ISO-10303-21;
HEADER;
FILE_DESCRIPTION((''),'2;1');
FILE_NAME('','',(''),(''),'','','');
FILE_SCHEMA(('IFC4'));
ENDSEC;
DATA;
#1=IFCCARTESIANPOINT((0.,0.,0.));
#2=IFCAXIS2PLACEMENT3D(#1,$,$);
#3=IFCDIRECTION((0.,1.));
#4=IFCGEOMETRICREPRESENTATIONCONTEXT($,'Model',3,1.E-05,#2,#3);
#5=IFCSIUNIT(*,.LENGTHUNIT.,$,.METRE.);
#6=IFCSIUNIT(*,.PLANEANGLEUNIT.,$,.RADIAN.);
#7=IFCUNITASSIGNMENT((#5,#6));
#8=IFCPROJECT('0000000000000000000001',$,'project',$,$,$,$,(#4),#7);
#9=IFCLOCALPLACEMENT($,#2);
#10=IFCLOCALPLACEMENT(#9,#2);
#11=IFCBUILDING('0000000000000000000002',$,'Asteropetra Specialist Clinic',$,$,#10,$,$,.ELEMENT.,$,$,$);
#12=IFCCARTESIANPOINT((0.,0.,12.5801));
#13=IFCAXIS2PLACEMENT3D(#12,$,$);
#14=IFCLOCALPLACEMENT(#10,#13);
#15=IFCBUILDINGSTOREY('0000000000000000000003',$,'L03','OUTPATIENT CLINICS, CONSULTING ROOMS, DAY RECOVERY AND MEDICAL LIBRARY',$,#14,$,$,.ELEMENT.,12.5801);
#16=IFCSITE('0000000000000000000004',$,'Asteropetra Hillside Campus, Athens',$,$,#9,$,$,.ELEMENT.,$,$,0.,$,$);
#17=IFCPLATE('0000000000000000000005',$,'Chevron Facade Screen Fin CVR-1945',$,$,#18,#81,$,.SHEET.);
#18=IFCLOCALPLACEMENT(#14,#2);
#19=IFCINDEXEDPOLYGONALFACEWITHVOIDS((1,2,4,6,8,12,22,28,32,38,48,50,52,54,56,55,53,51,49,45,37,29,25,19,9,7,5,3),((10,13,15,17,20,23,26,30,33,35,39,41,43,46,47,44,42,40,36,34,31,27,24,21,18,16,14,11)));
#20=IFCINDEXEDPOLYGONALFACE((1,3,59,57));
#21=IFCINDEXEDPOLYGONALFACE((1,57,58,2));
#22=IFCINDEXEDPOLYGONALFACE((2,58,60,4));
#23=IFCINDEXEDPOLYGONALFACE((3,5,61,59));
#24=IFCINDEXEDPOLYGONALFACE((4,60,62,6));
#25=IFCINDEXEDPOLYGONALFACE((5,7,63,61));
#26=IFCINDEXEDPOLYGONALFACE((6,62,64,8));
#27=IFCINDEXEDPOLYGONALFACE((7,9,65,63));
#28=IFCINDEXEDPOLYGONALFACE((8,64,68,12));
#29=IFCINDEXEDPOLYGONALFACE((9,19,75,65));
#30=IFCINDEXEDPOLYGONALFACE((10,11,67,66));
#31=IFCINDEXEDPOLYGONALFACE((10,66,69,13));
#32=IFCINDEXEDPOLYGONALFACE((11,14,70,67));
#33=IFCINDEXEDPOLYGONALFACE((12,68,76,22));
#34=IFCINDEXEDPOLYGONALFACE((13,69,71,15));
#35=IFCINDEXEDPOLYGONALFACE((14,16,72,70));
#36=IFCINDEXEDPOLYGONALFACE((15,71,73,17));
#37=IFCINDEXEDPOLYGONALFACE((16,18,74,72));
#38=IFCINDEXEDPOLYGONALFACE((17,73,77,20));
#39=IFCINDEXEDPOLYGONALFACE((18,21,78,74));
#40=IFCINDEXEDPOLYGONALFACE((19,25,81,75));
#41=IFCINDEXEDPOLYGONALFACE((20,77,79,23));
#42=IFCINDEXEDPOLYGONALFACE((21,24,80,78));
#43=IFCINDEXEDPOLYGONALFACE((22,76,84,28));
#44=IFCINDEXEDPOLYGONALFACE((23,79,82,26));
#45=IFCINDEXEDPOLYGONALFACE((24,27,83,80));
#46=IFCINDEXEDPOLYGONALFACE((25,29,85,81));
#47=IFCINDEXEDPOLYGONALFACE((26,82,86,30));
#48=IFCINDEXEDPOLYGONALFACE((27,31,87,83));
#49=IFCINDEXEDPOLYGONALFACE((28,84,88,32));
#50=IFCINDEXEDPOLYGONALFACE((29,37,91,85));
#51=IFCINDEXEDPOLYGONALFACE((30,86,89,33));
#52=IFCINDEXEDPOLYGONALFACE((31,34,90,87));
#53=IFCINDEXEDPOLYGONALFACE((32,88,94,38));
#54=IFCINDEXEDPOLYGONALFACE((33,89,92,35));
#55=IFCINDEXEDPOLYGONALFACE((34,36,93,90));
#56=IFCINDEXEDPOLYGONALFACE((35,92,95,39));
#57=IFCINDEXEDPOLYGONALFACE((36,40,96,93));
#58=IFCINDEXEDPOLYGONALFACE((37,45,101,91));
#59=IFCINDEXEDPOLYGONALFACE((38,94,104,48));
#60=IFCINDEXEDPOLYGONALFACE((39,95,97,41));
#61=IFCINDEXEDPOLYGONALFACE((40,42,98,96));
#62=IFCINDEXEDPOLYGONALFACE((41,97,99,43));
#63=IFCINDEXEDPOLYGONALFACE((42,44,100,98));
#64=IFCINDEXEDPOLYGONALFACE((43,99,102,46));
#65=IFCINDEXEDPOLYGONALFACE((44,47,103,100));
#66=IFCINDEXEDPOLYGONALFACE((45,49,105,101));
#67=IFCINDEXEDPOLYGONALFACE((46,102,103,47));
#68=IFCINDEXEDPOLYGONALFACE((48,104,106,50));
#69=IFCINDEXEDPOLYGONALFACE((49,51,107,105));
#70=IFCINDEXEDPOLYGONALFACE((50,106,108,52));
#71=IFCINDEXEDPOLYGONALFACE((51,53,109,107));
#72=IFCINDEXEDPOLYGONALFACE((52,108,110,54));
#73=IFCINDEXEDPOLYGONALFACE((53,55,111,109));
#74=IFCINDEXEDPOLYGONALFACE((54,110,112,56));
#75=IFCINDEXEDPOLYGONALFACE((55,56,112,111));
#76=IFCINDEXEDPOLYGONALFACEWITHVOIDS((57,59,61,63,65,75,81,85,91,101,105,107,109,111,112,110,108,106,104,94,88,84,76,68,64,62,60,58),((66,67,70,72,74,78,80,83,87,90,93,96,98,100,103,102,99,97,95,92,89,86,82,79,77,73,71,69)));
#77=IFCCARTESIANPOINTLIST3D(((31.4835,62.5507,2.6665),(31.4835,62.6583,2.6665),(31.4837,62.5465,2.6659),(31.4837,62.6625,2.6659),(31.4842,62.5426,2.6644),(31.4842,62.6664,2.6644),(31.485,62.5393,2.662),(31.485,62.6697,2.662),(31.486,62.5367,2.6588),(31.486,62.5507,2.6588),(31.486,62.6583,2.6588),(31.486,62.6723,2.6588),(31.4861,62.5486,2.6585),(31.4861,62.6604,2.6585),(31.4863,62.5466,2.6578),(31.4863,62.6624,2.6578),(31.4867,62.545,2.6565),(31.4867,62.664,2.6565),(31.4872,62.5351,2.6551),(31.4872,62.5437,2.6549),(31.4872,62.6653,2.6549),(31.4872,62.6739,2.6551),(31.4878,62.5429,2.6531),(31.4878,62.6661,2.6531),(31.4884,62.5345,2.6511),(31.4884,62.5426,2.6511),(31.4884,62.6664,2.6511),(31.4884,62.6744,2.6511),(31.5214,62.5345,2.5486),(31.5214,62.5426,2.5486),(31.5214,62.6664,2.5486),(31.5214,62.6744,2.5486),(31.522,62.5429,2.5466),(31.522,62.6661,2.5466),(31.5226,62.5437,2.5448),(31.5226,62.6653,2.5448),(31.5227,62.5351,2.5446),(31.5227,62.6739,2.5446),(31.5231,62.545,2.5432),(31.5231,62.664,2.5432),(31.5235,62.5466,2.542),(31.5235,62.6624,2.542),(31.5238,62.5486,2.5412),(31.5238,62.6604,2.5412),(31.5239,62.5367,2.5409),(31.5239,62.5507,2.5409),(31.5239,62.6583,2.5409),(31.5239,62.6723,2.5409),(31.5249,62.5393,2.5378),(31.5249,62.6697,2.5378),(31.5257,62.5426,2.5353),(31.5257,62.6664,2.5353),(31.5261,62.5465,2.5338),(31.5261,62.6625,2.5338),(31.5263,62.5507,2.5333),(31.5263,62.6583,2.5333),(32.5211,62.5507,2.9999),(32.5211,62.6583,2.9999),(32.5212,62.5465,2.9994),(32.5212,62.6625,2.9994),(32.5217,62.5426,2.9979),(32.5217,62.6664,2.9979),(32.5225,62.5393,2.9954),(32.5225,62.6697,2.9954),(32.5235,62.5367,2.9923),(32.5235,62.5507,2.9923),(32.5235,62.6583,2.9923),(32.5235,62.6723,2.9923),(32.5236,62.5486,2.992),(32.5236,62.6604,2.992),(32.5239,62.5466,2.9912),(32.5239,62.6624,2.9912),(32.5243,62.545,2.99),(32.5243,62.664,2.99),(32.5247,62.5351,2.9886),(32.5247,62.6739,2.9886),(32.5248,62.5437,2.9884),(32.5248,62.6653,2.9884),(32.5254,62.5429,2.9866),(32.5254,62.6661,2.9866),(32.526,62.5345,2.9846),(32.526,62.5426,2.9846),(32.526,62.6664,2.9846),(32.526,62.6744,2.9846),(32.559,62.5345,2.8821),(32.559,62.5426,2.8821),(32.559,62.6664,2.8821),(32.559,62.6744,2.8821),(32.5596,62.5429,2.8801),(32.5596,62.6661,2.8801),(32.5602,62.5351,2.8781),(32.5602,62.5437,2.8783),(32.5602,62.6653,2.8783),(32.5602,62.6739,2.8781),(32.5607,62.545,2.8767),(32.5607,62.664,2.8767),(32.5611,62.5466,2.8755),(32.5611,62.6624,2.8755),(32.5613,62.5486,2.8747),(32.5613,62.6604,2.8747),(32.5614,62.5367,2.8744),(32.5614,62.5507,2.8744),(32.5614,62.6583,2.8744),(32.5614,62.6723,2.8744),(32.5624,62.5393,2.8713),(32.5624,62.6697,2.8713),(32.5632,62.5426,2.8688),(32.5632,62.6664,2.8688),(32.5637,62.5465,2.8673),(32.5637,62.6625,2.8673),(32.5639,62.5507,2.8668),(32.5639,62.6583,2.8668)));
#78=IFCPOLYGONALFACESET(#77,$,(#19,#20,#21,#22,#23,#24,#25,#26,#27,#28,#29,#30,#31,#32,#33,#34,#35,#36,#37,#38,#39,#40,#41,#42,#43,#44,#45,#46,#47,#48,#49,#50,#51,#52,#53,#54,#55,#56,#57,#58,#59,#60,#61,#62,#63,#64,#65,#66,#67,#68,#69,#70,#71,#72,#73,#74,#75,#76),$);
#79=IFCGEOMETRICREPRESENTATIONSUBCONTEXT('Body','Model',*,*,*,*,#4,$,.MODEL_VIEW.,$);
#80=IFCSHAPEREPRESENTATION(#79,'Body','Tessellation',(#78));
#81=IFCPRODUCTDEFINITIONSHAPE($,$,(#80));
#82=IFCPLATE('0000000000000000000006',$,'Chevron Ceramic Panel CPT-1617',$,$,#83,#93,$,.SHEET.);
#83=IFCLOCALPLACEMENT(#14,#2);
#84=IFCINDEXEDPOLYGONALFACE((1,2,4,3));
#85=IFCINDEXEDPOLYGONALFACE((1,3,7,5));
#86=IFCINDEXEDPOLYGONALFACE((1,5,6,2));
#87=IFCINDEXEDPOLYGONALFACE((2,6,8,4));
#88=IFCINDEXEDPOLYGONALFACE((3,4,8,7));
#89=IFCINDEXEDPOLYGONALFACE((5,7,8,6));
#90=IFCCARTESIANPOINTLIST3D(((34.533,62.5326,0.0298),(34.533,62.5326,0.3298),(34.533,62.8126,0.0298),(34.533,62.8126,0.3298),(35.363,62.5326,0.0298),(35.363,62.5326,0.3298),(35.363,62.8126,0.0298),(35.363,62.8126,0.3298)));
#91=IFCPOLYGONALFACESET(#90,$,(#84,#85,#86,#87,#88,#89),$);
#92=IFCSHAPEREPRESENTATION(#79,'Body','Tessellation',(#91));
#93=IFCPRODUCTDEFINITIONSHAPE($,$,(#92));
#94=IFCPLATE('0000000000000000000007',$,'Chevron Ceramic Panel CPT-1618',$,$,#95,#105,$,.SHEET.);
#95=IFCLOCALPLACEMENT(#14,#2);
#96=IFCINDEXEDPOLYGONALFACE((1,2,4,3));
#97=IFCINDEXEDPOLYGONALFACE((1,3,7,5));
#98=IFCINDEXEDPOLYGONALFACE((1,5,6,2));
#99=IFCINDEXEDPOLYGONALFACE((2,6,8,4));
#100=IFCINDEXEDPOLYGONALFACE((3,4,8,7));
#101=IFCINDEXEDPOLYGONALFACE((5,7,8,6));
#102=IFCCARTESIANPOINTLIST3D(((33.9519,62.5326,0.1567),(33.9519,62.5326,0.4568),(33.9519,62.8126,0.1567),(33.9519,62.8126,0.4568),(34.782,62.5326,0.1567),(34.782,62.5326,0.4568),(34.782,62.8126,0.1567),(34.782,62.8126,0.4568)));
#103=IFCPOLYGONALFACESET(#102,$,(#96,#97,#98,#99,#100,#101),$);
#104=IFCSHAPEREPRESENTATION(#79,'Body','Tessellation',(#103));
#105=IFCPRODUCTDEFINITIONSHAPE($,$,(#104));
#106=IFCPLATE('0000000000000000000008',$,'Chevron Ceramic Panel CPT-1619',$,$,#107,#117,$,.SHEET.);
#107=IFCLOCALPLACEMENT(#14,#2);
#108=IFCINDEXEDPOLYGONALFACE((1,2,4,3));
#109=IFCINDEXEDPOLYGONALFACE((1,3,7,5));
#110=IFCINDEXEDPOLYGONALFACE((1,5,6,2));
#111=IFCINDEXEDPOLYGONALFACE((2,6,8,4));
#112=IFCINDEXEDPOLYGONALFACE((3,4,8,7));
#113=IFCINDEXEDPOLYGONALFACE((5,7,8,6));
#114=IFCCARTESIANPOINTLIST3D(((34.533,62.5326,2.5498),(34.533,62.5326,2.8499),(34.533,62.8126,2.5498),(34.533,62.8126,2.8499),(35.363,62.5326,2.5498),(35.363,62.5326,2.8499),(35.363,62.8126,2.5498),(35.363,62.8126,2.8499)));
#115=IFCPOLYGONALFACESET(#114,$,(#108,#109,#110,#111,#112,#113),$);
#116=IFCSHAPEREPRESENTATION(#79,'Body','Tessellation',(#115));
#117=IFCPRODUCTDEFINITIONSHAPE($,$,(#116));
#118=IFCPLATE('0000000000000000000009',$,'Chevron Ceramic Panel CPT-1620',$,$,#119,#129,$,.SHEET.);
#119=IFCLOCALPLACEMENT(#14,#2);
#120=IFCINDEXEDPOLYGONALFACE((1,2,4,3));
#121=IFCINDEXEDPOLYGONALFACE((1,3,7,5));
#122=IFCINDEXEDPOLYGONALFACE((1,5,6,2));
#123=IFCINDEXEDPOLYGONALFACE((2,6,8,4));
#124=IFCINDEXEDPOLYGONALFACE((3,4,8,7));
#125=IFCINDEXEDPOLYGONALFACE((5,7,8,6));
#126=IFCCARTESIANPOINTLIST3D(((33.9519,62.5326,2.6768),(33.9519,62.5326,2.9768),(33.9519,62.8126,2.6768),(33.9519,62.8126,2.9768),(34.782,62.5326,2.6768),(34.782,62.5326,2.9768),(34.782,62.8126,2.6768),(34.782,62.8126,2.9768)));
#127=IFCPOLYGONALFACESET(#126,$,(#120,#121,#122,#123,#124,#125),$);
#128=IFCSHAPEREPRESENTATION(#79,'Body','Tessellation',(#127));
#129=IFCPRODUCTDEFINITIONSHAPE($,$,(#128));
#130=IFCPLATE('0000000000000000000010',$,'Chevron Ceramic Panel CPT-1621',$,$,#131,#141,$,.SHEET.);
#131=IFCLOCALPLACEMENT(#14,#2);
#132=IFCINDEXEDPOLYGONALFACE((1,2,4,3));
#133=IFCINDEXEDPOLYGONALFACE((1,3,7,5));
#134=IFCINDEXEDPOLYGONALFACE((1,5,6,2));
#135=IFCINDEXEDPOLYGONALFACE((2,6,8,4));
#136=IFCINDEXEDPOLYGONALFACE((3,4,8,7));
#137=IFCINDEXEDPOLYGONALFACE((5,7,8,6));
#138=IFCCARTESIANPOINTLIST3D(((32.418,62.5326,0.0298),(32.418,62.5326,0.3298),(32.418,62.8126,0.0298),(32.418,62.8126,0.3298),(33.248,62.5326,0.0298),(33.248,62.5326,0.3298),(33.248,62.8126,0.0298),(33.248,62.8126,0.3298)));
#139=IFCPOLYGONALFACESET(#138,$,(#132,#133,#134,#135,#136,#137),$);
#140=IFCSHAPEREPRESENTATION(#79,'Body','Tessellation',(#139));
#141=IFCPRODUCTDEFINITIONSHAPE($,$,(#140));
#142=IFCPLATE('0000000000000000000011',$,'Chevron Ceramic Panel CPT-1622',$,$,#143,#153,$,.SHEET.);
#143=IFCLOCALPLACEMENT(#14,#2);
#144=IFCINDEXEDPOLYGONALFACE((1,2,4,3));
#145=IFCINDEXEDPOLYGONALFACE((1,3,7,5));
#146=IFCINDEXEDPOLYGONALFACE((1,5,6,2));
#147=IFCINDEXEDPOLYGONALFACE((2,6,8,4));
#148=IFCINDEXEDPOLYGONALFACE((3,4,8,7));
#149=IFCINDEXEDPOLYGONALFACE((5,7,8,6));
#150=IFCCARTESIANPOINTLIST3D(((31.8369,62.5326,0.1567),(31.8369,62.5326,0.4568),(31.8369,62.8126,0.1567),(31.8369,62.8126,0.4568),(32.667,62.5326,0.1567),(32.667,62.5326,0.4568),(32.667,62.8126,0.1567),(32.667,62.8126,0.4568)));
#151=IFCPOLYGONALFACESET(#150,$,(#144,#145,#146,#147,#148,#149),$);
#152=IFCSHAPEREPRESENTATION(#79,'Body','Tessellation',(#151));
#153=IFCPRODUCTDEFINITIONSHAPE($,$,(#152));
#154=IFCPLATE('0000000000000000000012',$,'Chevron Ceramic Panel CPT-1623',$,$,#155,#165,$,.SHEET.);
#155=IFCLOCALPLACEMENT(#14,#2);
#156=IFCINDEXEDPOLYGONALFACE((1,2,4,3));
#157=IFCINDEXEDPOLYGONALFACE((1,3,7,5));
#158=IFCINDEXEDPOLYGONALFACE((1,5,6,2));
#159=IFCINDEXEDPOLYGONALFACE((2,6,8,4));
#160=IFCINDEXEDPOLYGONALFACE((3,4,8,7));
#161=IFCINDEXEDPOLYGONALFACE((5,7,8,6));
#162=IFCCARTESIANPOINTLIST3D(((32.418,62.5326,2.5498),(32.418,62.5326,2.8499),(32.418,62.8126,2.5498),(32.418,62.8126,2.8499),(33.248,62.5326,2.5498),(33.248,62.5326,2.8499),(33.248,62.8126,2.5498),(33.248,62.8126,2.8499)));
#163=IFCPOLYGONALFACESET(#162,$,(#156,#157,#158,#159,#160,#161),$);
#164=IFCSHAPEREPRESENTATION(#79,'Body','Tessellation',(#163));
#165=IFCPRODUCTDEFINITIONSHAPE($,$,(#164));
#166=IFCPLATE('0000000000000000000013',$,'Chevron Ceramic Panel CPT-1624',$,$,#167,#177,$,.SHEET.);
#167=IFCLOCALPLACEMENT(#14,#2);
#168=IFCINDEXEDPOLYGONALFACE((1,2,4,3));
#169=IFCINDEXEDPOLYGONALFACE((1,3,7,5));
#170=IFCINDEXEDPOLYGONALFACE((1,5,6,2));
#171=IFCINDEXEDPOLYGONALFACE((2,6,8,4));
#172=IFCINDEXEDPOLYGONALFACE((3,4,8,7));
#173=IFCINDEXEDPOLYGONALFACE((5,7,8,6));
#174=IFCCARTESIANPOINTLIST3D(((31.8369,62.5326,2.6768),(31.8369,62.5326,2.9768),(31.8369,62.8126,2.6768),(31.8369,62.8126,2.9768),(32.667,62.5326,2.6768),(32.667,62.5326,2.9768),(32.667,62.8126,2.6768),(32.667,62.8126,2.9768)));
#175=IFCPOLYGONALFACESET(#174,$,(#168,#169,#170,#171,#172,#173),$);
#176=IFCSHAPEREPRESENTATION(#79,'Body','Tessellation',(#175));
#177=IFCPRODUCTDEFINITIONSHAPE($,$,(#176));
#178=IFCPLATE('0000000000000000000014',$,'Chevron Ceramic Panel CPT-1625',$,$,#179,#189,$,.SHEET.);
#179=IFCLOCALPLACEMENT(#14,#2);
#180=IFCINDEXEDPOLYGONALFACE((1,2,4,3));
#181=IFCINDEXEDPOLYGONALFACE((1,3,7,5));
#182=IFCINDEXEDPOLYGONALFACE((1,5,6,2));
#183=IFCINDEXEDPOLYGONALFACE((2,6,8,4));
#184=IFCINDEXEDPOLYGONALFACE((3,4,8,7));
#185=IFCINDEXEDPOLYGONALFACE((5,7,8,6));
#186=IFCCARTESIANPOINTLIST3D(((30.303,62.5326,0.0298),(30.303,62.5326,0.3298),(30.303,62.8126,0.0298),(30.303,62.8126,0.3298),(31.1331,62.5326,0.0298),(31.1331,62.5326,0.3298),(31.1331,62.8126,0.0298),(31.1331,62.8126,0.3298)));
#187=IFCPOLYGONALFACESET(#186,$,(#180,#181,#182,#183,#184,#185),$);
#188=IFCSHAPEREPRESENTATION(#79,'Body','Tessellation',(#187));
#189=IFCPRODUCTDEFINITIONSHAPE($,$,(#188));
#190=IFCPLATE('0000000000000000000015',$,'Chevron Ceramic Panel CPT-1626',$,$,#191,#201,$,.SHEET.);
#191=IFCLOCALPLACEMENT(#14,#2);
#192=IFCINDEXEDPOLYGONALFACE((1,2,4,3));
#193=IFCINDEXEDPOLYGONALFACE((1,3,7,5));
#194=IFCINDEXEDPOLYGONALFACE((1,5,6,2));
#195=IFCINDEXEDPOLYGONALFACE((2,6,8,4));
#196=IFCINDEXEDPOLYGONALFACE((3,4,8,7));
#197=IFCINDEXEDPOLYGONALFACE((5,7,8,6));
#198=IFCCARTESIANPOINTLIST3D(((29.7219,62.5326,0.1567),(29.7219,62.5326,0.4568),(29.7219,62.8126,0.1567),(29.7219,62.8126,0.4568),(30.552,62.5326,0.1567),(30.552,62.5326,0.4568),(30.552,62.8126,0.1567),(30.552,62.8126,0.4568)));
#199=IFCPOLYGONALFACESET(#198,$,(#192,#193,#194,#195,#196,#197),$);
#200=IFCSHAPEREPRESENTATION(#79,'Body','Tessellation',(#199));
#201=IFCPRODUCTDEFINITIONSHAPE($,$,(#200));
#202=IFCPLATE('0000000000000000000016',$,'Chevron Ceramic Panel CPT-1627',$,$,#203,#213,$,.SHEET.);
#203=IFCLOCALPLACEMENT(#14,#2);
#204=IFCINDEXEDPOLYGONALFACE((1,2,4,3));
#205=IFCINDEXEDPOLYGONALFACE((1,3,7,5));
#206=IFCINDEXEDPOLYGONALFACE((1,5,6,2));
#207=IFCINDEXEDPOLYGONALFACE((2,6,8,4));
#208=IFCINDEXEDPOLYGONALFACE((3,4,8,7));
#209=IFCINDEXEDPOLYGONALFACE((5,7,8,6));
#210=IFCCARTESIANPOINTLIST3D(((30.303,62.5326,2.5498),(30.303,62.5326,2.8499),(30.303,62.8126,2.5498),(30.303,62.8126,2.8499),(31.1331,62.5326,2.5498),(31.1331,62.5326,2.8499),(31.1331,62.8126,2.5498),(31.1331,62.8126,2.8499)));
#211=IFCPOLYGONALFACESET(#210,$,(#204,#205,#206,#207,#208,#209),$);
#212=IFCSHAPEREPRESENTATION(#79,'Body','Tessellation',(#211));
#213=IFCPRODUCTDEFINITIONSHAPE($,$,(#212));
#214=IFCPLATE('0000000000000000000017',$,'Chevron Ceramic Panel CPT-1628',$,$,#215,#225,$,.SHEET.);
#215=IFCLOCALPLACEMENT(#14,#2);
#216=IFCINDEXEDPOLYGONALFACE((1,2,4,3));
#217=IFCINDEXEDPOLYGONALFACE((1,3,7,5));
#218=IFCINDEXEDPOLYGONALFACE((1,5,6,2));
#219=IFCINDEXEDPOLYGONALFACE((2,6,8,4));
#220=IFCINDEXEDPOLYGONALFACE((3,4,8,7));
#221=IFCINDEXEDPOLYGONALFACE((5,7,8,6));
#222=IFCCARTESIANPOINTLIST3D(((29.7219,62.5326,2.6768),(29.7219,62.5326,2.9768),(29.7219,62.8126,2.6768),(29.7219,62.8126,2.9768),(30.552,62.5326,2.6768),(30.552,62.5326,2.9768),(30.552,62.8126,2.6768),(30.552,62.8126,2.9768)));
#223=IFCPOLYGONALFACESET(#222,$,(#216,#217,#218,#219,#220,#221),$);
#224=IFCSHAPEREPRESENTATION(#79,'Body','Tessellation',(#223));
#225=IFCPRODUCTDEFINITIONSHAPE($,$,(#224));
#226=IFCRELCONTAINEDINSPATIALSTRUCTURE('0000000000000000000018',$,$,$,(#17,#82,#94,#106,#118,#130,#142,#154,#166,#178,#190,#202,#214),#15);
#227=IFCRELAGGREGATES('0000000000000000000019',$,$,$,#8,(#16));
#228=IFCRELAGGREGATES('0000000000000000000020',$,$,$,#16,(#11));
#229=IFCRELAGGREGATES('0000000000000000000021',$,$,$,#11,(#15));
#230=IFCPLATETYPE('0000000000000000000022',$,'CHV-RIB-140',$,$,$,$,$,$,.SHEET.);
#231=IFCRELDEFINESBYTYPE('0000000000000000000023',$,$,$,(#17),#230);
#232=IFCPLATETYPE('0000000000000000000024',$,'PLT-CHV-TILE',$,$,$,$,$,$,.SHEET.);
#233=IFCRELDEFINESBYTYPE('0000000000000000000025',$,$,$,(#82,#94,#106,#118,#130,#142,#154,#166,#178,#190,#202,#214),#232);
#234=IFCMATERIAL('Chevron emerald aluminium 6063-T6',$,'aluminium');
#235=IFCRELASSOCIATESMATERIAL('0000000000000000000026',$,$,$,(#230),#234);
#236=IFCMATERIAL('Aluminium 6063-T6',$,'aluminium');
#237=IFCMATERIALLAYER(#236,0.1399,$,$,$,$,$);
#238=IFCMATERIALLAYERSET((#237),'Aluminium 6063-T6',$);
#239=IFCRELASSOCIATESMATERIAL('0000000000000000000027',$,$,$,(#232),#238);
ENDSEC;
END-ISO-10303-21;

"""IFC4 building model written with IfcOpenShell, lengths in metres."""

from ifc_helpers import new_model, si_unit, direction, frame, origin, origin_2d, place, context, subcontext, project, spatial, rectangle, hollow_rectangle, extrude, material, layer, layer_set, material_profile, profile_set, type_object, element, save


model = new_model("IFC4")

# Units and contexts
model_context = context("Model", 3, precision=1e-05, world=origin(), true_north=direction((0.0, 1.0)))
body_context = subcontext(model_context, "Body", "Model", "MODEL_VIEW")
ifc_project = project(units=[si_unit("LENGTHUNIT", "METRE"), si_unit("PLANEANGLEUNIT", "RADIAN")], contexts=[model_context])

# Site, building, storey
site_placement = place(None, origin())
site = spatial("IfcSite", under=ifc_project, at=site_placement, Name="Asteropetra Hillside Campus, Athens", CompositionType="ELEMENT", RefElevation=0.0)
building_placement = place(site_placement, origin())
building = spatial("IfcBuilding", under=site, at=building_placement, Name="Asteropetra Specialist Clinic", CompositionType="ELEMENT")
storey_placement = place(building_placement, frame((0.0, 0.0, 12.5801)))
storey = spatial("IfcBuildingStorey", under=building, at=storey_placement, Name="L03", Description="OUTPATIENT CLINICS, CONSULTING ROOMS, DAY RECOVERY AND MEDICAL LIBRARY", CompositionType="ELEMENT", Elevation=12.5801)

# Plates
ifc_material_1 = material(Name="Chevron emerald aluminium 6063-T6", Category="aluminium")
ifc_material_profile = material_profile(ifc_material_1, hollow_rectangle(XDim=0.1399, YDim=0.1399, WallThickness=0.0081, InnerFilletRadius=0.0081, OuterFilletRadius=0.0161, at=origin_2d()), Name="SHS 140x140x8.0")
ifc_profile_set = profile_set([ifc_material_profile], Name="Chevron emerald aluminium 6063-T6")
plate_type_1 = type_object("IfcPlateType", Name="CHV-RIB-140", PredefinedType="SHEET", material=ifc_profile_set)
for number, where, z_axis, x_axis, name in (
    (1, (32.5425, 62.6045, 2.9333), (-0.952033, 0.0, -0.305995), (0.0, -1.0, 0.0), "Chevron Facade Screen Fin CVR-1945"),
):
    element("IfcPlate", number, at=place(storey_placement, frame(where, z_axis=z_axis, x_axis=x_axis)), inside=storey, type_object=plate_type_1, Name=name, PredefinedType="SHEET", context=body_context, shape_type="SweptSolid", body=[
        extrude(hollow_rectangle(XDim=0.1399, YDim=0.1399, WallThickness=0.0081, InnerFilletRadius=0.0081, OuterFilletRadius=0.0161, at=origin_2d()), origin(), (0.0, 0.0, 1.0), 1.0898),
    ])
ifc_material_2 = material(Name="Aluminium 6063-T6", Category="aluminium")
ifc_layer_1 = layer(ifc_material_2, 0.1399)
ifc_layer_set_1 = layer_set([ifc_layer_1], Name="Aluminium 6063-T6")
plate_type_2 = type_object("IfcPlateType", Name="PLT-CHV-TILE", PredefinedType="SHEET", material=ifc_layer_set_1)
for number, where, z_axis, x_axis, name in (
    (2, (34.948, 62.6726, 0.0298), (0.0, 0.0, 1.0), (1.0, 0.0, 0.0), "Chevron Ceramic Panel CPT-1617"),
    (3, (34.3669, 62.6726, 0.1567), (0.0, 0.0, 1.0), (1.0, 0.0, 0.0), "Chevron Ceramic Panel CPT-1618"),
    (4, (34.948, 62.6726, 2.5498), (0.0, 0.0, 1.0), (1.0, 0.0, 0.0), "Chevron Ceramic Panel CPT-1619"),
    (5, (34.3669, 62.6726, 2.6768), (0.0, 0.0, 1.0), (1.0, 0.0, 0.0), "Chevron Ceramic Panel CPT-1620"),
    (6, (32.833, 62.6726, 0.0298), (0.0, 0.0, 1.0), (1.0, 0.0, 0.0), "Chevron Ceramic Panel CPT-1621"),
    (7, (32.252, 62.6726, 0.1567), (0.0, 0.0, 1.0), (1.0, 0.0, 0.0), "Chevron Ceramic Panel CPT-1622"),
    (8, (32.833, 62.6726, 2.5498), (0.0, 0.0, 1.0), (1.0, 0.0, 0.0), "Chevron Ceramic Panel CPT-1623"),
    (9, (32.252, 62.6726, 2.6768), (0.0, 0.0, 1.0), (1.0, 0.0, 0.0), "Chevron Ceramic Panel CPT-1624"),
    (10, (30.718, 62.6726, 0.0298), (0.0, 0.0, 1.0), (1.0, 0.0, 0.0), "Chevron Ceramic Panel CPT-1625"),
    (11, (30.137, 62.6726, 0.1567), (0.0, 0.0, 1.0), (1.0, 0.0, 0.0), "Chevron Ceramic Panel CPT-1626"),
    (12, (30.718, 62.6726, 2.5498), (0.0, 0.0, 1.0), (1.0, 0.0, 0.0), "Chevron Ceramic Panel CPT-1627"),
    (13, (30.137, 62.6726, 2.6768), (0.0, 0.0, 1.0), (1.0, 0.0, 0.0), "Chevron Ceramic Panel CPT-1628"),
):
    element("IfcPlate", number, at=place(storey_placement, frame(where, z_axis=z_axis, x_axis=x_axis)), inside=storey, type_object=plate_type_2, Name=name, PredefinedType="SHEET", context=body_context, shape_type="SweptSolid", body=[
        extrude(rectangle(XDim=0.8301, YDim=0.28, at=origin_2d()), origin(), (0.0, 0.0, 1.0), 0.3),
    ])

save(model, "model.ifc")
